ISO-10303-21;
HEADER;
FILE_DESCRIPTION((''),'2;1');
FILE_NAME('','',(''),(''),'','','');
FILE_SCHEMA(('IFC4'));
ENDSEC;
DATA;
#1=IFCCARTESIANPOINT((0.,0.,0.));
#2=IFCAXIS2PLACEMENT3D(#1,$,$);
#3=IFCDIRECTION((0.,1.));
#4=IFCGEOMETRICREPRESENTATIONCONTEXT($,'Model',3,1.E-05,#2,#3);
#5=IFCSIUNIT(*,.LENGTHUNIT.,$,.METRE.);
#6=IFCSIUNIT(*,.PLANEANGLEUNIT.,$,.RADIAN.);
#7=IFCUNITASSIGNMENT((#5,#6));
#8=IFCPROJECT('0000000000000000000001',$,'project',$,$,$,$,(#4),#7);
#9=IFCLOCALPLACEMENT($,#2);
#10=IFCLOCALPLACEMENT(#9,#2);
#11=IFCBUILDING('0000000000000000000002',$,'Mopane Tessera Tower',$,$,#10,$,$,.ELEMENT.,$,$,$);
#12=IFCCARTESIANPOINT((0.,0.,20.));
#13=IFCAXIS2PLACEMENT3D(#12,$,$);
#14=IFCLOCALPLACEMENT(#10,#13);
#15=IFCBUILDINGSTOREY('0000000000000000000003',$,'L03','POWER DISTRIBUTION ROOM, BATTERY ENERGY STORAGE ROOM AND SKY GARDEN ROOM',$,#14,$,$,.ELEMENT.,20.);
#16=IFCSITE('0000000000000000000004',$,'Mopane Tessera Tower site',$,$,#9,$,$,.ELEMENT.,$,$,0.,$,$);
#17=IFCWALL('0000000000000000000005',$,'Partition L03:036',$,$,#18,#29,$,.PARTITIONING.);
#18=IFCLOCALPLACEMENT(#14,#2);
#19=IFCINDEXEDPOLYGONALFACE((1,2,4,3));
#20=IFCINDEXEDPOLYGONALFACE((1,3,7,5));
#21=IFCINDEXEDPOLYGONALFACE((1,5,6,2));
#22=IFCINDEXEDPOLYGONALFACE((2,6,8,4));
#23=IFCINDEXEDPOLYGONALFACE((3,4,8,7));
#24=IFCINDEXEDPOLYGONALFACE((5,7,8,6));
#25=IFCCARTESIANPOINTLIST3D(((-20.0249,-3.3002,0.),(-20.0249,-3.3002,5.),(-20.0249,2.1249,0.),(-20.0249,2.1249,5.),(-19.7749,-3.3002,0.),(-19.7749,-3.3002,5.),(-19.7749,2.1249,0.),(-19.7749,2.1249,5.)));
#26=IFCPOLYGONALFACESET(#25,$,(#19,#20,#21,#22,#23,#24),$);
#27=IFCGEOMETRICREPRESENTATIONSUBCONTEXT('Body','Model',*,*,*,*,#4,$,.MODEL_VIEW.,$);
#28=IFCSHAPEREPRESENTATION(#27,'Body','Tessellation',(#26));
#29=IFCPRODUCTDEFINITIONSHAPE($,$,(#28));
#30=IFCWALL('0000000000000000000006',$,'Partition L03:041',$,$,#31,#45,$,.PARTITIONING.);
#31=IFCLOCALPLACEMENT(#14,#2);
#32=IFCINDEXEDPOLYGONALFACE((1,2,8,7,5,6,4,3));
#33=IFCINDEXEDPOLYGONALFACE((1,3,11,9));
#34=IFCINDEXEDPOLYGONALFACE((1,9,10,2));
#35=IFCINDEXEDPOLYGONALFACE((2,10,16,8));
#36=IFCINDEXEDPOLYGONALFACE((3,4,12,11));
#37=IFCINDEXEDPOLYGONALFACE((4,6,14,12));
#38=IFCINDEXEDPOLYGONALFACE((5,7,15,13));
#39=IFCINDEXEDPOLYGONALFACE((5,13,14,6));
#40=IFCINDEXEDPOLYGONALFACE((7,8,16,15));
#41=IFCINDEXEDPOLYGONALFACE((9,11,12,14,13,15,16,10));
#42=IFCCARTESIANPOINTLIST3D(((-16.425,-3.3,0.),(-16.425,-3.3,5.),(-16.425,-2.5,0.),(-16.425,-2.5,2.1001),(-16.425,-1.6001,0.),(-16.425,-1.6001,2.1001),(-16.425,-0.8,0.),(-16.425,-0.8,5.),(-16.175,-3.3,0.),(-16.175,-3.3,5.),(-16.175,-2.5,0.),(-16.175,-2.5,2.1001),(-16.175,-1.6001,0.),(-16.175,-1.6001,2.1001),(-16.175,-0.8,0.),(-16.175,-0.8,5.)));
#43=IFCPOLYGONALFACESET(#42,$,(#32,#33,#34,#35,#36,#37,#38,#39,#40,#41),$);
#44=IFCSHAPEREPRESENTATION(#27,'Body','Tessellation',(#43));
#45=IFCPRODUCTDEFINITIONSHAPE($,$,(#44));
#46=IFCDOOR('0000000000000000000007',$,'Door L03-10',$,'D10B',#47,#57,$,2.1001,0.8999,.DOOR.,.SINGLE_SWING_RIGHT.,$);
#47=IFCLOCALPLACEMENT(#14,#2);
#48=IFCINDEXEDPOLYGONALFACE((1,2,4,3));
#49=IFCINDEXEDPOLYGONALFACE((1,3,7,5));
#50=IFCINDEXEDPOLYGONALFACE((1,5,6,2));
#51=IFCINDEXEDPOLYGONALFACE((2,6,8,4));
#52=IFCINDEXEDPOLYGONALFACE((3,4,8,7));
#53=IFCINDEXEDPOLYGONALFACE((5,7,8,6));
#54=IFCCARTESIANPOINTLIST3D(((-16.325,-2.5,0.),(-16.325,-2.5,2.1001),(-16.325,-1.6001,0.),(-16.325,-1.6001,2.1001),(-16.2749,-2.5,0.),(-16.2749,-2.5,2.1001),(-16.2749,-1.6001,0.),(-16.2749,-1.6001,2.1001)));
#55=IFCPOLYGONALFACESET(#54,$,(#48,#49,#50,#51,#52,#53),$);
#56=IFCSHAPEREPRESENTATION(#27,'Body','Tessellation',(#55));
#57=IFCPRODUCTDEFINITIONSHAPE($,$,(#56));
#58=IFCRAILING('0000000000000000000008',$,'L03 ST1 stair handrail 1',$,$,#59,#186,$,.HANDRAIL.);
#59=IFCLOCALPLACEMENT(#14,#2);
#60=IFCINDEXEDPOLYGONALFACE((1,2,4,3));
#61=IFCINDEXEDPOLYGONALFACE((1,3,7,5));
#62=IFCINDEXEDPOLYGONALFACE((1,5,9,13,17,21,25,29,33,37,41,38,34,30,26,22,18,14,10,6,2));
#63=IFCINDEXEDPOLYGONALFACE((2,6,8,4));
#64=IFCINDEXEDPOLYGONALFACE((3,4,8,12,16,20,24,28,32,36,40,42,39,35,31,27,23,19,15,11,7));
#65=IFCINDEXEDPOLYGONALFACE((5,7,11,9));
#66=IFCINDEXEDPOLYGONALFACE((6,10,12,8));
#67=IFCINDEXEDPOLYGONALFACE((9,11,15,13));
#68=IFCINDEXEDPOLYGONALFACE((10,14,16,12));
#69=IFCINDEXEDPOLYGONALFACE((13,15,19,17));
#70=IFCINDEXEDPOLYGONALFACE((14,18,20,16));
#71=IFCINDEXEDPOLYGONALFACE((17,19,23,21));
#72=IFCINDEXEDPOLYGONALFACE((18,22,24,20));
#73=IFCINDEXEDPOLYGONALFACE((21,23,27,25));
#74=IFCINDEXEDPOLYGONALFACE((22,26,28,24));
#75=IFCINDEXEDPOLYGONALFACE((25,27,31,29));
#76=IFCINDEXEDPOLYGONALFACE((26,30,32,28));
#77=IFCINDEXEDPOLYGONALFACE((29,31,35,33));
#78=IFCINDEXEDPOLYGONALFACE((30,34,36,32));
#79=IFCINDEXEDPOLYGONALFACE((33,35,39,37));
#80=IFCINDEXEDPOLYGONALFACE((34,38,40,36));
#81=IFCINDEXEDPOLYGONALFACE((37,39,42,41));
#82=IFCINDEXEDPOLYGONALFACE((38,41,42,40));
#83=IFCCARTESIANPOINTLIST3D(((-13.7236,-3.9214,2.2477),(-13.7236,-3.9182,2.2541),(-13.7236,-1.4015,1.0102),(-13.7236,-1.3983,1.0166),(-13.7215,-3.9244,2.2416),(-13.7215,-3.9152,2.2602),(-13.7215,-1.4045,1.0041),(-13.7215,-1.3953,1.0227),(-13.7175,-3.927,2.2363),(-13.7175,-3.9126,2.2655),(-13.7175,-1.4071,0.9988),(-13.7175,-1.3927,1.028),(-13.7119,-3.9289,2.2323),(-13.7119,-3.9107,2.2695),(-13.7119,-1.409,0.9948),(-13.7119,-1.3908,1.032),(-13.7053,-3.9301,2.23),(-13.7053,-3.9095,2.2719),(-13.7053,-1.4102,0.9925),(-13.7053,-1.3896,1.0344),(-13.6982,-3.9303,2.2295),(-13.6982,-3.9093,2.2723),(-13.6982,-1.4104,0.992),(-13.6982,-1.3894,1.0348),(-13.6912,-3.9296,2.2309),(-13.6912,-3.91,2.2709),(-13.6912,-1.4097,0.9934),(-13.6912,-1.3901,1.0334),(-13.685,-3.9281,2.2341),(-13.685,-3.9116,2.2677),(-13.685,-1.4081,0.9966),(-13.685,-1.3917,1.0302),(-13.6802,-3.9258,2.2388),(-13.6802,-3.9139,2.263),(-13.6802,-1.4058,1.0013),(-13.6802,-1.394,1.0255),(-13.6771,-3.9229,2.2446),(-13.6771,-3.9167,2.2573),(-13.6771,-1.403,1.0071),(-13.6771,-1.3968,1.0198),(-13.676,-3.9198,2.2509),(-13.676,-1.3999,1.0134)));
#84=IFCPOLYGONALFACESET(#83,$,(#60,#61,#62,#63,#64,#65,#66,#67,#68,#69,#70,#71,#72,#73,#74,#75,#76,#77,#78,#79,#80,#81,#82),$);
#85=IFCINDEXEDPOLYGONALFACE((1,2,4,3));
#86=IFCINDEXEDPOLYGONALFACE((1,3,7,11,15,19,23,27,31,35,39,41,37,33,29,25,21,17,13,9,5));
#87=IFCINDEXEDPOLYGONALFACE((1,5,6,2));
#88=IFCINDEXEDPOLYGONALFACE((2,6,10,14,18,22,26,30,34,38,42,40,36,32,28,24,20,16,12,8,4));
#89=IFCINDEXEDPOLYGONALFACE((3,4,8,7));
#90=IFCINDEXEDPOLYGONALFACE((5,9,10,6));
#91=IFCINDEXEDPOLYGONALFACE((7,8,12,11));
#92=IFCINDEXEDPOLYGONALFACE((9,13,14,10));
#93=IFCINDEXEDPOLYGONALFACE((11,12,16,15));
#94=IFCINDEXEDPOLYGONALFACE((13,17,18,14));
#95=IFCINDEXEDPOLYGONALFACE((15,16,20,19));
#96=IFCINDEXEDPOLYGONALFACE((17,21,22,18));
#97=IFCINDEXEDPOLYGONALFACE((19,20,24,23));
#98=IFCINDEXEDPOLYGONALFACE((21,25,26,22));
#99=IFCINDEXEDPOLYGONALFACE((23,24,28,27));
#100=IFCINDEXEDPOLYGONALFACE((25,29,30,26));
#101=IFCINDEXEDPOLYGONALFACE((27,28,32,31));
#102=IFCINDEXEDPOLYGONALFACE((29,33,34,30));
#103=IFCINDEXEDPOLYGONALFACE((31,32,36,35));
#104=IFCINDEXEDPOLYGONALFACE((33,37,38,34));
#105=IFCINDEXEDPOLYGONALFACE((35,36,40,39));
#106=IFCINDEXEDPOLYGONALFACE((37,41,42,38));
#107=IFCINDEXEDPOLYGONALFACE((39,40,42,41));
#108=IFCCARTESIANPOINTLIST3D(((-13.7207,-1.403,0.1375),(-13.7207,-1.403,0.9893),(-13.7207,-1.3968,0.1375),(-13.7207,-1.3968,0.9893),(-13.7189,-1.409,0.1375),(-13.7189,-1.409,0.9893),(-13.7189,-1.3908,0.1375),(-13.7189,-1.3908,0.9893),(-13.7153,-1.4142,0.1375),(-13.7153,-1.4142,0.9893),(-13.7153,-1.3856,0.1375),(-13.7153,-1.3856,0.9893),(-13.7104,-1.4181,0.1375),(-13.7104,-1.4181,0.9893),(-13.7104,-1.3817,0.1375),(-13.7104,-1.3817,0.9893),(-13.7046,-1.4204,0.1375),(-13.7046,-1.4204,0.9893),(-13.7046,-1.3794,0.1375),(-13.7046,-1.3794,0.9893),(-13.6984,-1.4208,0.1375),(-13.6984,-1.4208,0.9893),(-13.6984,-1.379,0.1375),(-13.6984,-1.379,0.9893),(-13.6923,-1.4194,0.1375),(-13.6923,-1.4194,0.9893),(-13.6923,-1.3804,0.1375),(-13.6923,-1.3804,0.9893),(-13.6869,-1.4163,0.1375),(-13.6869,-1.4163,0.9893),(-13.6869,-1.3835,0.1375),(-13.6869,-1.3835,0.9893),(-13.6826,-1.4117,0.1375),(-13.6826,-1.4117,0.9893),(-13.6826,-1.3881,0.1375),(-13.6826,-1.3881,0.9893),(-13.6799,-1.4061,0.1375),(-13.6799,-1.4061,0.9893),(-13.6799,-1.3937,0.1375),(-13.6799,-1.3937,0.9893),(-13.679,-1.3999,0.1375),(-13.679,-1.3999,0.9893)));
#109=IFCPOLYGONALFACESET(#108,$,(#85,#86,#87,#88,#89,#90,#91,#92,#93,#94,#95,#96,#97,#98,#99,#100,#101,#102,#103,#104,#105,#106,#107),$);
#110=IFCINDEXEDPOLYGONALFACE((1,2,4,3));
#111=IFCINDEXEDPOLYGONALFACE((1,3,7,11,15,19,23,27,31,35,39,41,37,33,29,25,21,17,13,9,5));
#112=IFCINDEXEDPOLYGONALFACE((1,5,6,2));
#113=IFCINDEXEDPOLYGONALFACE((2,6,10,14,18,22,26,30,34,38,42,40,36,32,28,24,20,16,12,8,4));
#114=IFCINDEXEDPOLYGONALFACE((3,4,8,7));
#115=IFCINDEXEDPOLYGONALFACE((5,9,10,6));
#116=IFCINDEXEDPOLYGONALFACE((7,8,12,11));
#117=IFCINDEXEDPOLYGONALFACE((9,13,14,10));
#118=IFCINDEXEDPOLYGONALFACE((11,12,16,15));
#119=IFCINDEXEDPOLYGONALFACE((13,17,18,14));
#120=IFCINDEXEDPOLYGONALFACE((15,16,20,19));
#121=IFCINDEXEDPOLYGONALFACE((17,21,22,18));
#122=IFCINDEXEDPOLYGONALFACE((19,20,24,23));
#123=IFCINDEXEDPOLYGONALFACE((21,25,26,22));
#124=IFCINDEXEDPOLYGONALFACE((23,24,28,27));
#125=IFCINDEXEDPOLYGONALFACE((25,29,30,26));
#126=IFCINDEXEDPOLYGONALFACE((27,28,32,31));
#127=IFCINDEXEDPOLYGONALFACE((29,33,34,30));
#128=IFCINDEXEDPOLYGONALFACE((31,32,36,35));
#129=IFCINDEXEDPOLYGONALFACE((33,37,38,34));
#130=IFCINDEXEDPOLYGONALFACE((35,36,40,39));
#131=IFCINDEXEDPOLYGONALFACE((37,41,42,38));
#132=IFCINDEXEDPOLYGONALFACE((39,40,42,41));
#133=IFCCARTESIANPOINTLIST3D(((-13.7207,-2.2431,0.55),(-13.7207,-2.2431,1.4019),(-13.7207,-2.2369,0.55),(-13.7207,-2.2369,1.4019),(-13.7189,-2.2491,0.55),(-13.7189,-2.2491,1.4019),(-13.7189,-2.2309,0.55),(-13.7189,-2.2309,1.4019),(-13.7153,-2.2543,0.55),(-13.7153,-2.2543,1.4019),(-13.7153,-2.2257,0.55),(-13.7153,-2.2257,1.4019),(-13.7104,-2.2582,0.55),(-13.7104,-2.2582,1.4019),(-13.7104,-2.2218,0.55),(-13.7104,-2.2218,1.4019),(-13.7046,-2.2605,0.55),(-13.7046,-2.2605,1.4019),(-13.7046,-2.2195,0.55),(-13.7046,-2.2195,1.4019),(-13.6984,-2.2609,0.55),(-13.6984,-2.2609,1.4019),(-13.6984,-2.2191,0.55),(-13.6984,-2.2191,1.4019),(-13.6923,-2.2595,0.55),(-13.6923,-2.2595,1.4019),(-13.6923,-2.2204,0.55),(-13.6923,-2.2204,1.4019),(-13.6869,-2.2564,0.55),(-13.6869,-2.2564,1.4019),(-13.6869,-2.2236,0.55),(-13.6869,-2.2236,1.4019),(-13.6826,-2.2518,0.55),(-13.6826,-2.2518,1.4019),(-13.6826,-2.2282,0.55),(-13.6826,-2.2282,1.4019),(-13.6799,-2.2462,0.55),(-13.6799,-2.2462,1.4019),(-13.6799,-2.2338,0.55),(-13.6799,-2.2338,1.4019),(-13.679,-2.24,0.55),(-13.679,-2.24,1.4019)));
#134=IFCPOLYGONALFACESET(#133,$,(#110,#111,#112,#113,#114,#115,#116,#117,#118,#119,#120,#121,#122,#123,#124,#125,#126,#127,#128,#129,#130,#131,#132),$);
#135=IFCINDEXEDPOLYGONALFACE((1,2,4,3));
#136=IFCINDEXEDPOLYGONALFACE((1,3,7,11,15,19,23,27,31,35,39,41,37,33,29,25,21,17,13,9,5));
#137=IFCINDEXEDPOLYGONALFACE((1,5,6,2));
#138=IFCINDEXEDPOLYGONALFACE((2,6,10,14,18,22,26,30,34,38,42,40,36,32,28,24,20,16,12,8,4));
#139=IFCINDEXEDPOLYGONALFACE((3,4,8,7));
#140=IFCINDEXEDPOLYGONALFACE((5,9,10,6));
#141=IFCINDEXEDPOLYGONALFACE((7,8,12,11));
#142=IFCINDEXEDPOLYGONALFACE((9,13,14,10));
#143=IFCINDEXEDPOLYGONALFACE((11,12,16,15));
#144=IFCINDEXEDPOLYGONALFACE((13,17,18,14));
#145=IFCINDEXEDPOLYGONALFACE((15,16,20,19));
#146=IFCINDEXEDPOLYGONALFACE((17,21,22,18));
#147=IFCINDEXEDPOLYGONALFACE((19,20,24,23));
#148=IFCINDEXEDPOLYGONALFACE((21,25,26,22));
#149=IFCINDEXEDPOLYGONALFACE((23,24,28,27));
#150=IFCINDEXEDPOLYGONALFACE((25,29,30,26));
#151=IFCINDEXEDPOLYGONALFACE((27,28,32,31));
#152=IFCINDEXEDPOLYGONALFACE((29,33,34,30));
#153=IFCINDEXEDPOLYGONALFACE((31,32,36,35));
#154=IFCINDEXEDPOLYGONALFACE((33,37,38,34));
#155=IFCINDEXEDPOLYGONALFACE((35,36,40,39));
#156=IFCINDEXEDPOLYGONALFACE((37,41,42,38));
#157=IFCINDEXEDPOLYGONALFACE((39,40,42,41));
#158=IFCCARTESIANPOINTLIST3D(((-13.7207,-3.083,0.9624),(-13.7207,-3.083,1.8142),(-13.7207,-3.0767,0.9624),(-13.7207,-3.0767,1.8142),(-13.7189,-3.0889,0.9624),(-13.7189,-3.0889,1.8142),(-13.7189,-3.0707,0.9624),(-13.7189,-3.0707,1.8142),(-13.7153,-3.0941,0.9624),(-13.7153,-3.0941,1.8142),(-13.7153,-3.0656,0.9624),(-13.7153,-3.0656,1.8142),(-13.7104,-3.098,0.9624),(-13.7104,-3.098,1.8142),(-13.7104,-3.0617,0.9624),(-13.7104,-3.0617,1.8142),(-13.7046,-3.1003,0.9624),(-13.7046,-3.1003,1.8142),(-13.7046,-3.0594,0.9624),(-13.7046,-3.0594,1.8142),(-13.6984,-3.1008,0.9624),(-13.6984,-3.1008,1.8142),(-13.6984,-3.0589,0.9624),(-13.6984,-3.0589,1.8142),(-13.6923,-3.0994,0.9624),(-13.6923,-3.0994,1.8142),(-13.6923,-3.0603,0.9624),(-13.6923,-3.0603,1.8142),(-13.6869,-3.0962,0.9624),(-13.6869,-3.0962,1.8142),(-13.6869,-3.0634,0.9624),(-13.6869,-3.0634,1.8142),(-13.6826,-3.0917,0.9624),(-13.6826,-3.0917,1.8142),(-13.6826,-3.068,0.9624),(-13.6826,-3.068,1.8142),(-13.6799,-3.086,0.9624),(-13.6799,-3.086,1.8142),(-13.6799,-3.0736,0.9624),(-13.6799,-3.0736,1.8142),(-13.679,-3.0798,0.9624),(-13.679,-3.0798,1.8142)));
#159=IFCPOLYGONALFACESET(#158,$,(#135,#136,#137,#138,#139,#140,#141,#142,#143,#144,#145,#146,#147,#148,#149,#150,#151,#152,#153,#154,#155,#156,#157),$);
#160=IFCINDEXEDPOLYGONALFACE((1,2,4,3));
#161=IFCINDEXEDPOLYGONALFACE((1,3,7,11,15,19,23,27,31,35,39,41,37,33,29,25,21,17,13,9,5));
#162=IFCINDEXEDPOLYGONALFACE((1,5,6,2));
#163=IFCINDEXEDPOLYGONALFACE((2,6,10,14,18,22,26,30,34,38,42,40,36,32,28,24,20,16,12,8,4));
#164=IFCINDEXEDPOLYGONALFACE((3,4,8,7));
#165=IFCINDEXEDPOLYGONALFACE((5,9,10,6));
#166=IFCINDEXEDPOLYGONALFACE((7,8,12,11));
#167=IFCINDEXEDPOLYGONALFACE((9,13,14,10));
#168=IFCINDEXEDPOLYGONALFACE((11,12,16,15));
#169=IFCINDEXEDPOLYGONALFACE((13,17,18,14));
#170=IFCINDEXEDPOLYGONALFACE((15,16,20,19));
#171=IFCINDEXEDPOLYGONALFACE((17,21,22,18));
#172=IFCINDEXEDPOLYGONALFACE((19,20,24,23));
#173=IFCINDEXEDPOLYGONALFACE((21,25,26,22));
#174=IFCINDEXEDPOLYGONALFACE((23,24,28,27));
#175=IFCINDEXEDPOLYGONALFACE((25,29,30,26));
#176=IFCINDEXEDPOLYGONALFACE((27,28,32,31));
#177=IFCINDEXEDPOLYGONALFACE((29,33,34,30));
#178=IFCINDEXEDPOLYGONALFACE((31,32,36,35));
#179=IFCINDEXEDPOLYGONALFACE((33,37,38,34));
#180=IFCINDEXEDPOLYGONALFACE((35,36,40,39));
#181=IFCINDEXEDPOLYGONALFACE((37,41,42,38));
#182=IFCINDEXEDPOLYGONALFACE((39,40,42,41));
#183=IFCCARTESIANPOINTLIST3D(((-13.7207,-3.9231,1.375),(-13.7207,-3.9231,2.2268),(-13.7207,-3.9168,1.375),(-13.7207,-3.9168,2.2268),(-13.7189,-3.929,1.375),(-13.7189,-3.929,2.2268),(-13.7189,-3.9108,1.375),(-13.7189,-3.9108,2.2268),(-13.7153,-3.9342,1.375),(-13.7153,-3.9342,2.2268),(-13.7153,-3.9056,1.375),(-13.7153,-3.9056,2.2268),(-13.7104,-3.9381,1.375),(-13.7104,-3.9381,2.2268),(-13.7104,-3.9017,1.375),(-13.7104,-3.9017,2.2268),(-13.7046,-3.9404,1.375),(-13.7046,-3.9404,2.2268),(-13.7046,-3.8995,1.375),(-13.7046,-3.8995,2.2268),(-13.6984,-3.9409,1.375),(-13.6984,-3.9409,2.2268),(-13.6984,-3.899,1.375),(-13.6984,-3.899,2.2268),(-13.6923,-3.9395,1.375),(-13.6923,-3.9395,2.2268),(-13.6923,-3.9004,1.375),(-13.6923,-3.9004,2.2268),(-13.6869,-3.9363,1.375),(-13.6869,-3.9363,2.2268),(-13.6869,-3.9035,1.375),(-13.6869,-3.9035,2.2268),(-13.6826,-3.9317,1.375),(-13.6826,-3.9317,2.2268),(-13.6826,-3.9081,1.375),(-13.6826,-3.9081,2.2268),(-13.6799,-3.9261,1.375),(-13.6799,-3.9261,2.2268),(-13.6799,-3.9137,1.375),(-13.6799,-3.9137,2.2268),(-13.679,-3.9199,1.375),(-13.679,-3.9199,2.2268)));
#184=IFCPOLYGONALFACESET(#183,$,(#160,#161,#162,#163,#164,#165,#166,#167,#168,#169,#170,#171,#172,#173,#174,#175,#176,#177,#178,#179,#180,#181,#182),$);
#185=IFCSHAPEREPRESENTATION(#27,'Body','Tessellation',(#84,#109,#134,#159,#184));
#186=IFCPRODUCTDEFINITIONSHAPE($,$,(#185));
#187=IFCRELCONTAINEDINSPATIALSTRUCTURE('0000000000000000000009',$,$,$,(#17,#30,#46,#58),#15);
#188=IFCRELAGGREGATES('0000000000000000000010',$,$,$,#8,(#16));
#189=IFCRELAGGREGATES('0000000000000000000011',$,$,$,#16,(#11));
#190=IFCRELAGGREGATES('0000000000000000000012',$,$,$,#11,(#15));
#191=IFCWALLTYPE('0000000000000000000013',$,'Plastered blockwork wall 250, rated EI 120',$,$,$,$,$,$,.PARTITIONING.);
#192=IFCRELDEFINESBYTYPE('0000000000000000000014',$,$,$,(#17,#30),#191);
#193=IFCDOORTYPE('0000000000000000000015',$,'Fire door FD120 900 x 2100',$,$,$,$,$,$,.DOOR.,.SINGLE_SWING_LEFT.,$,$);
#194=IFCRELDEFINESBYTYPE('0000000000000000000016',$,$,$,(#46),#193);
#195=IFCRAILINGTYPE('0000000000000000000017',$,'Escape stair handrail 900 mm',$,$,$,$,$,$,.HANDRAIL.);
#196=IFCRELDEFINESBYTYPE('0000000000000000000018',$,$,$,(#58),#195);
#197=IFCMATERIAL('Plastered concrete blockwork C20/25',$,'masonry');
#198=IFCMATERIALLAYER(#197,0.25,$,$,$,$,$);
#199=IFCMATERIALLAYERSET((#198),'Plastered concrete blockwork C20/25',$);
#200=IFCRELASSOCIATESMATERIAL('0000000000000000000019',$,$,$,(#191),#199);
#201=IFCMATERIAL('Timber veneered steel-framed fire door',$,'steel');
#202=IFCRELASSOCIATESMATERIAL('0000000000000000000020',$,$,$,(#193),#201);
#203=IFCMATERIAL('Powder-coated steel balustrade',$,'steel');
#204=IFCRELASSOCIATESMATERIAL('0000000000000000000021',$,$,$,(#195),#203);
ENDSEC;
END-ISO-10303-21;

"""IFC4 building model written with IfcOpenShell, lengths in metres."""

from ifc_helpers import new_model, si_unit, direction, frame, frame_2d, origin, origin_2d, place, context, subcontext, project, spatial, rectangle, circle, extrude, material, layer, layer_set, type_object, element, fill, save


model = new_model("IFC4")

# Units and contexts
model_context = context("Model", 3, precision=1e-05, world=origin(), true_north=direction((0.0, 1.0)))
body_context = subcontext(model_context, "Body", "Model", "MODEL_VIEW")
ifc_project = project(units=[si_unit("LENGTHUNIT", "METRE"), si_unit("PLANEANGLEUNIT", "RADIAN")], contexts=[model_context])

# Site, building, storey
site_placement = place(None, origin())
site = spatial("IfcSite", under=ifc_project, at=site_placement, Name="Mopane Tessera Tower site", CompositionType="ELEMENT", RefElevation=0.0)
building_placement = place(site_placement, origin())
building = spatial("IfcBuilding", under=site, at=building_placement, Name="Mopane Tessera Tower", CompositionType="ELEMENT")
storey_placement = place(building_placement, frame((0.0, 0.0, 20.0)))
storey = spatial("IfcBuildingStorey", under=building, at=storey_placement, Name="L03", Description="POWER DISTRIBUTION ROOM, BATTERY ENERGY STORAGE ROOM AND SKY GARDEN ROOM", CompositionType="ELEMENT", Elevation=20.0)

# Shared definitions
ifc_material_1 = material(Name="Plastered concrete blockwork C20/25", Category="masonry")
ifc_layer_1 = layer(ifc_material_1, 0.25)
ifc_layer_set_1 = layer_set([ifc_layer_1], Name="Plastered concrete blockwork C20/25")
wall_type_1 = type_object("IfcWallType", Name="Plastered blockwork wall 250, rated EI 120", PredefinedType="PARTITIONING", material=ifc_layer_set_1)

# Wall
wall_1_placement = place(storey_placement, frame((-19.8999, -3.3, 0.0), z_axis=(0.0, 0.0, 1.0), x_axis=(0.0, 1.0, 0.0)))
element("IfcWall", 1, at=wall_1_placement, inside=storey, type_object=wall_type_1, Name="Partition L03:036", PredefinedType="PARTITIONING", context=body_context, shape_type="SweptSolid", body=[
    extrude(rectangle(XDim=5.425, YDim=0.25, at=frame_2d((2.7124, 0.0))), origin(), (0.0, 0.0, 1.0), 5.0),
])

# Wall, opening, door
wall_2_placement = place(storey_placement, frame((-16.3, -3.3, 0.0), z_axis=(0.0, 0.0, 1.0), x_axis=(0.0, 1.0, 0.0)))
wall_2 = element("IfcWall", 2, at=wall_2_placement, inside=storey, type_object=wall_type_1, Name="Partition L03:041", PredefinedType="PARTITIONING", context=body_context, shape_type="SweptSolid", body=[
    extrude(rectangle(XDim=2.5, YDim=0.25, at=frame_2d((1.25, 0.0))), origin(), (0.0, 0.0, 1.0), 5.0),
])
opening_1_placement = place(wall_2_placement, frame((0.8, 0.0, 0.0)))
opening_1 = element("IfcOpeningElement", 3, at=opening_1_placement, cuts=wall_2, PredefinedType="OPENING", context=body_context, shape_type="SweptSolid", body=[
    extrude(rectangle(XDim=0.8999, YDim=2.1001, at=frame_2d((0.45, 1.05))), frame((0.0, 0.137, 0.0), z_axis=(0.0, -1.0, 0.0), x_axis=(1.0, 0.0, 0.0)), (0.0, 0.0, 1.0), 0.2739),
])
ifc_material_2 = material(Name="Timber veneered steel-framed fire door", Category="steel")
door_type_1 = type_object("IfcDoorType", Name="Fire door FD120 900 x 2100", OperationType="SINGLE_SWING_LEFT", PredefinedType="DOOR", material=ifc_material_2)
door_1_placement = place(opening_1_placement, origin())
door_1 = element("IfcDoor", 4, at=door_1_placement, inside=storey, type_object=door_type_1, Name="Door L03-10", ObjectType="D10B", OperationType="SINGLE_SWING_RIGHT", OverallHeight=2.1001, OverallWidth=0.8999, PredefinedType="DOOR", context=body_context, shape_type="SweptSolid", body=[
    extrude(rectangle(XDim=0.8999, YDim=2.1001, at=frame_2d((0.45, 1.05))), frame((0.0, 0.0249, 0.0), z_axis=(0.0, -1.0, 0.0), x_axis=(1.0, 0.0, 0.0)), (0.0, 0.0, 1.0), 0.05),
])
fill(opening_1, door_1)

# Railing
ifc_material_3 = material(Name="Powder-coated steel balustrade", Category="steel")
railing_type = type_object("IfcRailingType", Name="Escape stair handrail 900 mm", PredefinedType="HANDRAIL", material=ifc_material_3)
railing_placement = place(storey_placement, frame((-13.7, -1.3999, 0.1375)))
element("IfcRailing", 5, at=railing_placement, inside=storey, type_object=railing_type, Name="L03 ST1 stair handrail 1", PredefinedType="HANDRAIL", context=body_context, shape_type="SweptSolid", body=[
    extrude(circle(Radius=0.0239, at=origin_2d()), frame((0.0, 0.0, 0.876), z_axis=(0.0, -0.897604, 0.440802), x_axis=(1.0, 0.0, 0.0)), (0.0, 0.0, 1.0), 2.8074),
    extrude(circle(Radius=0.021, at=origin_2d()), origin(), (0.0, 0.0, 1.0), 0.8518),
    extrude(circle(Radius=0.021, at=origin_2d()), frame((0.0, -0.8401, 0.4126)), (0.0, 0.0, 1.0), 0.8518),
    extrude(circle(Radius=0.021, at=origin_2d()), frame((0.0, -1.6799, 0.825)), (0.0, 0.0, 1.0), 0.8518),
    extrude(circle(Radius=0.021, at=origin_2d()), frame((0.0, -2.52, 1.2375)), (0.0, 0.0, 1.0), 0.8518),
])

save(model, "model.ifc")
